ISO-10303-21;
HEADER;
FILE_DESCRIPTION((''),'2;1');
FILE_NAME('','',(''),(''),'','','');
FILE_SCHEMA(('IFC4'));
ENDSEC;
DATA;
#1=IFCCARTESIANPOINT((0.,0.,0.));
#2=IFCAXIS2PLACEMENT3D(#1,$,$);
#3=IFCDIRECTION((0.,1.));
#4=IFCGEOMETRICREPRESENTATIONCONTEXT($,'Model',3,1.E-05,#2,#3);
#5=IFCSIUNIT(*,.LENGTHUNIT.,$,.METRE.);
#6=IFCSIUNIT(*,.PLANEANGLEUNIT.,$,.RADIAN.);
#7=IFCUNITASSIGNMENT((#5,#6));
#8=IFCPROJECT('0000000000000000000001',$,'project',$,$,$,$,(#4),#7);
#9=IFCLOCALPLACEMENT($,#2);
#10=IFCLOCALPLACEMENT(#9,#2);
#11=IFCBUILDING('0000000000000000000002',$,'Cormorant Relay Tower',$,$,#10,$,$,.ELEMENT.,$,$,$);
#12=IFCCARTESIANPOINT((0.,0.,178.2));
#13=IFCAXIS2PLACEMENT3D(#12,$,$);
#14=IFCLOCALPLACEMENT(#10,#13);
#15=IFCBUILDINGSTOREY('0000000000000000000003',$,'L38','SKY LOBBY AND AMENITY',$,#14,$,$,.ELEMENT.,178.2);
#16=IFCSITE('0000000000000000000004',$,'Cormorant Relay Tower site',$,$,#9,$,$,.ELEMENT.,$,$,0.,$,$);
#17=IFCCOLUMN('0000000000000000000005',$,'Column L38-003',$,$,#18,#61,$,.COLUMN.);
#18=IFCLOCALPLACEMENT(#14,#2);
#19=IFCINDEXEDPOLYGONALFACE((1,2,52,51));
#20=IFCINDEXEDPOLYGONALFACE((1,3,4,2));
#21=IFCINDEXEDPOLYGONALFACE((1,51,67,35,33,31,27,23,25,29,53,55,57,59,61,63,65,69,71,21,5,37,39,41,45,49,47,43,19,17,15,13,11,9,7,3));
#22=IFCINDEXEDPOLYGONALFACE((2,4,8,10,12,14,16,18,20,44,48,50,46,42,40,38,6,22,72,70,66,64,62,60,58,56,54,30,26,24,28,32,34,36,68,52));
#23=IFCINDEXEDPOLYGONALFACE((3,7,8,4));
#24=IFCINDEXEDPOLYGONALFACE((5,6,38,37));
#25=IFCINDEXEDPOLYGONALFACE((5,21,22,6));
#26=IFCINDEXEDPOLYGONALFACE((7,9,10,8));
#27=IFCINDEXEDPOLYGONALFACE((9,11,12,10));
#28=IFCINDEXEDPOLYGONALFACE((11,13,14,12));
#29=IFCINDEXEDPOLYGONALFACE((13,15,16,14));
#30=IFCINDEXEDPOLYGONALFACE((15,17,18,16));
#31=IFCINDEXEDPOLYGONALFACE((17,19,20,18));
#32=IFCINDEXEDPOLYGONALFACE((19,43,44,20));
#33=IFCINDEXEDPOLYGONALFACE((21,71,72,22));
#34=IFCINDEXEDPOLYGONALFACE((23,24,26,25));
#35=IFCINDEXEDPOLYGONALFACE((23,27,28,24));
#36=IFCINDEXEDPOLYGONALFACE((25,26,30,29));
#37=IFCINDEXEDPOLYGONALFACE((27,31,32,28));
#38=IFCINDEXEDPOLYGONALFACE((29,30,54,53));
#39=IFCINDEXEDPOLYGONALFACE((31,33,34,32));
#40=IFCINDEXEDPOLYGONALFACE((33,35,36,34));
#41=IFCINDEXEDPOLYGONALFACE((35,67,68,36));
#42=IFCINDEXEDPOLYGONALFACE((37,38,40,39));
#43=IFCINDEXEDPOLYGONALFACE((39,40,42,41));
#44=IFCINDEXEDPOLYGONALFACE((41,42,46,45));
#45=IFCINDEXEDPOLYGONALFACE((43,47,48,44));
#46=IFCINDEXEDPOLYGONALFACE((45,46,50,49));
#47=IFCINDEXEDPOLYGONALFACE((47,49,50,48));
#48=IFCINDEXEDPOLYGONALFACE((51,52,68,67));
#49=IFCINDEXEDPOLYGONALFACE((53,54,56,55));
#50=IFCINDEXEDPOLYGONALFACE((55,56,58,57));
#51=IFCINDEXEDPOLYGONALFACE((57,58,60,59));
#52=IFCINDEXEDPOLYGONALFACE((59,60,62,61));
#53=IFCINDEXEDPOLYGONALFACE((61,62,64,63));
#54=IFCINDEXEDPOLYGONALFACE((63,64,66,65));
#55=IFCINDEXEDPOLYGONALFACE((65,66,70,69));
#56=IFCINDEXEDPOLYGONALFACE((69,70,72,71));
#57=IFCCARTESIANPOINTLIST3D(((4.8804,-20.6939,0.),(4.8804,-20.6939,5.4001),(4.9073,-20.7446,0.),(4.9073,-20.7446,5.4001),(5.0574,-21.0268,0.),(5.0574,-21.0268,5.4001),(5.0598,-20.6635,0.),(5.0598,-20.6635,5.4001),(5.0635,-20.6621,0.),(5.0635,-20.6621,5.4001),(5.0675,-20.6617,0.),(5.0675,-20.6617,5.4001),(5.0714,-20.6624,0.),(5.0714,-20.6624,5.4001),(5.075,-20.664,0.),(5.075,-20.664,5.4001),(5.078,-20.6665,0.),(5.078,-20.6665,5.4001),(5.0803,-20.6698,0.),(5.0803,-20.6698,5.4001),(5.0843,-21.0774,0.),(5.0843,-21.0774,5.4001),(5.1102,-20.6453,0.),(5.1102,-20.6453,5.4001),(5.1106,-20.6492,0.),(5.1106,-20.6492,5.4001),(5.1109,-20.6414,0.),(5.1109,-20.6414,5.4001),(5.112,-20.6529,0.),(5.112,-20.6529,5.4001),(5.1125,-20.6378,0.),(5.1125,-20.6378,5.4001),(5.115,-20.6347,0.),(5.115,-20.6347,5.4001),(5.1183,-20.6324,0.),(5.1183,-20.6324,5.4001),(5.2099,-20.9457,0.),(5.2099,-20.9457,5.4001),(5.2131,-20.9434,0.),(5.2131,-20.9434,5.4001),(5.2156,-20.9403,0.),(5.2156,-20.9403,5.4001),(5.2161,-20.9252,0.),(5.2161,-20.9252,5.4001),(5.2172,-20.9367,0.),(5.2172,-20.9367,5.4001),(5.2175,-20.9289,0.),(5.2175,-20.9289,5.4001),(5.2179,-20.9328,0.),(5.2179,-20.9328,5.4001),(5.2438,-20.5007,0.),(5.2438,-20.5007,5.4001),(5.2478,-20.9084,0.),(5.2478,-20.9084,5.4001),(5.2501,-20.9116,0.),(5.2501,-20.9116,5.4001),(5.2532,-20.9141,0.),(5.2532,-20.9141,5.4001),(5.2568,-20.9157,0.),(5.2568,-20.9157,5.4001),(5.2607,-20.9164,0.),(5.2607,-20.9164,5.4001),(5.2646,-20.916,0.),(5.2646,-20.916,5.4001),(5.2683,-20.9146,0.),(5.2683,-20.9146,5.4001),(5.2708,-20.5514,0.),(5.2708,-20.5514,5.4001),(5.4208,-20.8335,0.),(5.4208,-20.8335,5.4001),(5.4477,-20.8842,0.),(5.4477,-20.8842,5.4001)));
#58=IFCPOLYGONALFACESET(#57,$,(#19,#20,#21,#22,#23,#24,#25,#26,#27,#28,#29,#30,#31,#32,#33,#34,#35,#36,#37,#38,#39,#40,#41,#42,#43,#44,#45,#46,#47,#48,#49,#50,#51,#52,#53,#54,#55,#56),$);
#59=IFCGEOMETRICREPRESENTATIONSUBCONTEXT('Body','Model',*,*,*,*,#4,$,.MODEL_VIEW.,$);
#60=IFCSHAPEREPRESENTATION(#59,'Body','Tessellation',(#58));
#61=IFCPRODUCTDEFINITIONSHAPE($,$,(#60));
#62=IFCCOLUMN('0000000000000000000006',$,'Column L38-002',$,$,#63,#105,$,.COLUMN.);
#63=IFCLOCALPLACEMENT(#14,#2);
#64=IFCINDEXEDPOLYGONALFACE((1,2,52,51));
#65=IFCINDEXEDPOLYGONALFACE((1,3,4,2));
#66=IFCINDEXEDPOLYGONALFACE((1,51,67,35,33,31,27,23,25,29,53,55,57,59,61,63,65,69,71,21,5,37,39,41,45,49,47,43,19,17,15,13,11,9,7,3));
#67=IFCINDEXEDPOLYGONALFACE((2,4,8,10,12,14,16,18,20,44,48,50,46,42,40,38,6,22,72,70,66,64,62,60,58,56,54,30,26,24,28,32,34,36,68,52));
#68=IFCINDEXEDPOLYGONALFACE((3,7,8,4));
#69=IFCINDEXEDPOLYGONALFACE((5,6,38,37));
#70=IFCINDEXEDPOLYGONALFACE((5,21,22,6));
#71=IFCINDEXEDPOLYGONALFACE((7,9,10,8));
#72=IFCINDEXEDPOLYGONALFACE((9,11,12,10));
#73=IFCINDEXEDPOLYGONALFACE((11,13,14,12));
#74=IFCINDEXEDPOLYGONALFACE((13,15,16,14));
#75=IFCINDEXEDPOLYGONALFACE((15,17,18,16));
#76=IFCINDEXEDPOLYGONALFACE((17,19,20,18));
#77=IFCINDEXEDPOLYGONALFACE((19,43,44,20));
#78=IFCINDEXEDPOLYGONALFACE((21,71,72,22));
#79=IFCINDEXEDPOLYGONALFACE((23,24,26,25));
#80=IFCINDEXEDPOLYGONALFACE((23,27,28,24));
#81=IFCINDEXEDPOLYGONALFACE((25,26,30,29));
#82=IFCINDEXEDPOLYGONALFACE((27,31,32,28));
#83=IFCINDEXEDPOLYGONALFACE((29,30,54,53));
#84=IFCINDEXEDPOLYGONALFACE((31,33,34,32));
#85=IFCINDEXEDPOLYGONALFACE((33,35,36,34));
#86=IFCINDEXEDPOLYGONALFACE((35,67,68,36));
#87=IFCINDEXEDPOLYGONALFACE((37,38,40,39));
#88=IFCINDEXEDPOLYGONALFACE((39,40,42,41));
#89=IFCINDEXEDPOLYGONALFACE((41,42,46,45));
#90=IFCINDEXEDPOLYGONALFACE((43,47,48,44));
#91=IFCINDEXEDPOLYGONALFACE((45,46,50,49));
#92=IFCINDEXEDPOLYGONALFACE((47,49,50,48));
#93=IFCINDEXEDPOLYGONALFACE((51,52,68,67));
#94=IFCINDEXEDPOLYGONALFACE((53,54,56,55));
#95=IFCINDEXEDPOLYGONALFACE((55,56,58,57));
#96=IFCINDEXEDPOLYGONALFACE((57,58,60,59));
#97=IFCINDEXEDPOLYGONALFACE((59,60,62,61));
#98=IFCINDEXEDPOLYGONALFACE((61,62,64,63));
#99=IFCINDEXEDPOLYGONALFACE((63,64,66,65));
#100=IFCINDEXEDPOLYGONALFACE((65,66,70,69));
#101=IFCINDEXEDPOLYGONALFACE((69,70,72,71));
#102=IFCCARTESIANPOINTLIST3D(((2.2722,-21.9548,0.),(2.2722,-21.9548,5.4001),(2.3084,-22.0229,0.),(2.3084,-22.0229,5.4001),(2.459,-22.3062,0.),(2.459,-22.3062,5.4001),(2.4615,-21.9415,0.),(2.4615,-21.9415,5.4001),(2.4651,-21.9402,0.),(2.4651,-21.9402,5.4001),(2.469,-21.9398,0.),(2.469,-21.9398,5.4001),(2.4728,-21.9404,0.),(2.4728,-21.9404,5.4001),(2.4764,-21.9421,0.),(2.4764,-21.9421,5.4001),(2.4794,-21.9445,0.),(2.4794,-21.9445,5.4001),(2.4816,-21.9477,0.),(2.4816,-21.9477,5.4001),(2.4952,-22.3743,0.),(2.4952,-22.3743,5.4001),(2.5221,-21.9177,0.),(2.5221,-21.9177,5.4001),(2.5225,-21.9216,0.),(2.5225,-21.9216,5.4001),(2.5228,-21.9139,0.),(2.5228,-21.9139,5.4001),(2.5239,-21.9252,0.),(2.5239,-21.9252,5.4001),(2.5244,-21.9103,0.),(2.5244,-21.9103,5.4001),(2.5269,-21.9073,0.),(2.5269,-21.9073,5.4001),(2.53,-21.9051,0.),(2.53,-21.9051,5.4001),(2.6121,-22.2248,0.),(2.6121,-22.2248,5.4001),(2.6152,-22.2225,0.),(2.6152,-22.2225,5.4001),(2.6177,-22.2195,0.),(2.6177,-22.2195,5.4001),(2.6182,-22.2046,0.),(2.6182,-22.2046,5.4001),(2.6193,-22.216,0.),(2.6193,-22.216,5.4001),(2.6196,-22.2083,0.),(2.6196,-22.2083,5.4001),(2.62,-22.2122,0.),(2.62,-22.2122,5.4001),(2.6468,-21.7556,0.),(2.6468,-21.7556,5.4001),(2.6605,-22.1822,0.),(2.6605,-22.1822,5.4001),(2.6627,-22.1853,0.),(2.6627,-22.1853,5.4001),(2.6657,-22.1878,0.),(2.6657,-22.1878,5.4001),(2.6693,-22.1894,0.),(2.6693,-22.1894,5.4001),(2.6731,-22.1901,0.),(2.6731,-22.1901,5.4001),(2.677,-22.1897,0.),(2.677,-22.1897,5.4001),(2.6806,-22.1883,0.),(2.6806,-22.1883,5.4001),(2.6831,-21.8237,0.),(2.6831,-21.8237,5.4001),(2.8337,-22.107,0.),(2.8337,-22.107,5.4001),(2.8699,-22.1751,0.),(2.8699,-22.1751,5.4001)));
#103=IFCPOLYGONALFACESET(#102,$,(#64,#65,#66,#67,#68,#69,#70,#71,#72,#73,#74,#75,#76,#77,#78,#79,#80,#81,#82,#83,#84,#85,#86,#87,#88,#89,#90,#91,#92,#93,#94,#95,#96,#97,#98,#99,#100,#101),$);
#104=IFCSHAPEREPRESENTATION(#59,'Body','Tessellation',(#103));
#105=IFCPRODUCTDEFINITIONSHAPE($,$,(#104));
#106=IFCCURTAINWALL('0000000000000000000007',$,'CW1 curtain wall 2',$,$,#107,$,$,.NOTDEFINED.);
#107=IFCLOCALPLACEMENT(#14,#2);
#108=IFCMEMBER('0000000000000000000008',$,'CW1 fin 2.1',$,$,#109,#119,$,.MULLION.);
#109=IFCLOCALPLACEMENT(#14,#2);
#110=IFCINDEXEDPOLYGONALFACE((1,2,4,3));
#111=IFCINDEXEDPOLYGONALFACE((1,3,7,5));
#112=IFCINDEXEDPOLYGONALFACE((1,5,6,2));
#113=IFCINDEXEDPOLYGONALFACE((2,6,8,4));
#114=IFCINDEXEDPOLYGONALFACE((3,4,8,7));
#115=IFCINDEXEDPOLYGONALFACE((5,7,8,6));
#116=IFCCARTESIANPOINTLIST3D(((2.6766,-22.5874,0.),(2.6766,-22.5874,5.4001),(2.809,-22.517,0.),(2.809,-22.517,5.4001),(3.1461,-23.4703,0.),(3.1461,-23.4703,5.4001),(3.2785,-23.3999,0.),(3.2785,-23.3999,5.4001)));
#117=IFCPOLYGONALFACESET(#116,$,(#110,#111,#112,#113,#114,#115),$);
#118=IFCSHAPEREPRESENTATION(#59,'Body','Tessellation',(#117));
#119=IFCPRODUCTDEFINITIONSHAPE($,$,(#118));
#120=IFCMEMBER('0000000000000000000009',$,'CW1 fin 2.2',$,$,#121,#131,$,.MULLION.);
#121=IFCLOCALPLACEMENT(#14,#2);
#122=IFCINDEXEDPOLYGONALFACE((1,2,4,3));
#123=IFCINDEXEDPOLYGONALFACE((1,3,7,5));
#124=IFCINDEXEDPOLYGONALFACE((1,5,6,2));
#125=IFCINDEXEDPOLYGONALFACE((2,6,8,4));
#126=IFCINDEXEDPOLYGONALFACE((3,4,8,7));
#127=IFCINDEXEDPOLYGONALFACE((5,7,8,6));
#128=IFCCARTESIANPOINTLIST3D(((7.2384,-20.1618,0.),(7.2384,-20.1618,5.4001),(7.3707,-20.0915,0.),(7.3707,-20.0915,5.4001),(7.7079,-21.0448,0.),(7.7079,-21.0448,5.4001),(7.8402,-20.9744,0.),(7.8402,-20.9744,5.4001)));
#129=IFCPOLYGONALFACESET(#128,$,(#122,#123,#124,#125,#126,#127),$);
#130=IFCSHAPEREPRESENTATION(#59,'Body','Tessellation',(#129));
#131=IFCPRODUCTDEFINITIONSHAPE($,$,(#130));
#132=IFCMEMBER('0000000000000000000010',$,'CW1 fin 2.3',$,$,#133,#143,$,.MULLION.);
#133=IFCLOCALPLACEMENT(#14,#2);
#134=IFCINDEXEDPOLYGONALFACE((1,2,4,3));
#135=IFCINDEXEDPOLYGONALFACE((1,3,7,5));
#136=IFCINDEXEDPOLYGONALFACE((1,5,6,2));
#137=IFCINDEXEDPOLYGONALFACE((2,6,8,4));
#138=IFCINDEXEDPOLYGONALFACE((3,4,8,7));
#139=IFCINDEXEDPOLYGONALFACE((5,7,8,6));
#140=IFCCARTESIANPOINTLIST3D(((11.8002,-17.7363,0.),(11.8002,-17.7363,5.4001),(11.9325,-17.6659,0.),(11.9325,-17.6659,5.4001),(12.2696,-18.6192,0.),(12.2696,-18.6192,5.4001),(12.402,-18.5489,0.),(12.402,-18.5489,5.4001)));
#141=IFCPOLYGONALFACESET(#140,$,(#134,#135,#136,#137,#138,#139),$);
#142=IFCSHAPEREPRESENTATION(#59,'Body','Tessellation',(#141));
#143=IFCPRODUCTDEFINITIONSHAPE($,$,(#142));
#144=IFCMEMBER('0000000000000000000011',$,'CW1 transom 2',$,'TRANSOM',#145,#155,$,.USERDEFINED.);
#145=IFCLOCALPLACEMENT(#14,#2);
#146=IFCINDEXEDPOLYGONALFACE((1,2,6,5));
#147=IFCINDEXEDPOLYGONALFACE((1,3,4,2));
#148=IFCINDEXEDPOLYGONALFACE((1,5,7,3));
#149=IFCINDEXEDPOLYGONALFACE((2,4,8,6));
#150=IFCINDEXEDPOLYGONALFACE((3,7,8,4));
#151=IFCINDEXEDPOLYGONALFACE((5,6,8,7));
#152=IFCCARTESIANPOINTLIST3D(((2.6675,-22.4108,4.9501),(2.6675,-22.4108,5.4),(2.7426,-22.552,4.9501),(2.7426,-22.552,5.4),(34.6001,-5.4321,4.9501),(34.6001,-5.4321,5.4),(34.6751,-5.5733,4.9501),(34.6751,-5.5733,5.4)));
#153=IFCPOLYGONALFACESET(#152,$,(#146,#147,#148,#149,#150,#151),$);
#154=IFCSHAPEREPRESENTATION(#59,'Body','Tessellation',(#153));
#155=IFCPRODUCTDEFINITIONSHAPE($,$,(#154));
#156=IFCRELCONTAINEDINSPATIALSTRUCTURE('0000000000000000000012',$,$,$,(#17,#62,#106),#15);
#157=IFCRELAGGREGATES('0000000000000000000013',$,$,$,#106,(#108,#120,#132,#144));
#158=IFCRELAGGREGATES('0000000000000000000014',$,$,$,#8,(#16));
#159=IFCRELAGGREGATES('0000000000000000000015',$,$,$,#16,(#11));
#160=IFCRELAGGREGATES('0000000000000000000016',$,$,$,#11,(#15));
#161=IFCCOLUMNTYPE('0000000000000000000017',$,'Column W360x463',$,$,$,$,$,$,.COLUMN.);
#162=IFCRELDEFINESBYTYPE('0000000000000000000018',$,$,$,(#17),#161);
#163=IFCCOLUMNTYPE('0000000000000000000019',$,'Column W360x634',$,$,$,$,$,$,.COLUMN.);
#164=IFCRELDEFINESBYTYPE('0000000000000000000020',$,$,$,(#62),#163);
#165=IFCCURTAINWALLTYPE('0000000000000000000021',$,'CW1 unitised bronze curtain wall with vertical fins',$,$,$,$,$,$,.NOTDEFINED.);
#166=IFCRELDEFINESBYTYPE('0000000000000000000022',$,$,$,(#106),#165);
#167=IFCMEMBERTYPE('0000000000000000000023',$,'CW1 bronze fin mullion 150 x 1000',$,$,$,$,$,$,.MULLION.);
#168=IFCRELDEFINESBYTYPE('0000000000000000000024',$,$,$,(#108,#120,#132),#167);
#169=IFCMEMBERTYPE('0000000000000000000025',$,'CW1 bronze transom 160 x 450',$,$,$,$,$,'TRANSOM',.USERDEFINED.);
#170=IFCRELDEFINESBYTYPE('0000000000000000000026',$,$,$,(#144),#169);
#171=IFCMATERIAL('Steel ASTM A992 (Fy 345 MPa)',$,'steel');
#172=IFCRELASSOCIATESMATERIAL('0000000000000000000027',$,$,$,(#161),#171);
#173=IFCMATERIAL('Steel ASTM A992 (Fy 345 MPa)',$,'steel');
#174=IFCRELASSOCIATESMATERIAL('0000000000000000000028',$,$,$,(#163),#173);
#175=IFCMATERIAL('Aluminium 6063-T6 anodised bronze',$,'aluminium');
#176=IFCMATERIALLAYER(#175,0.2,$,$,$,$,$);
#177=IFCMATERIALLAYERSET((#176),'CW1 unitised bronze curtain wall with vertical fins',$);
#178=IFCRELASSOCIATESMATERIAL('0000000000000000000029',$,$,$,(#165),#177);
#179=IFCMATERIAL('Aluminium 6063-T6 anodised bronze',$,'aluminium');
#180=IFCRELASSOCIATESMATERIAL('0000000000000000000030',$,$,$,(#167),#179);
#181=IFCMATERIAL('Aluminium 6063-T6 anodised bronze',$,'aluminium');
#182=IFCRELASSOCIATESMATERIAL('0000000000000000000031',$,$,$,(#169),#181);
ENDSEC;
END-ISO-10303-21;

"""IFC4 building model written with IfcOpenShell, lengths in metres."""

from ifc_helpers import new_model, si_unit, direction, frame, origin, origin_2d, place, context, subcontext, project, spatial, rectangle, i_section, extrude, material, layer, layer_set, material_profile, profile_set, type_object, element, aggregate, save


model = new_model("IFC4")

# Units and contexts
model_context = context("Model", 3, precision=1e-05, world=origin(), true_north=direction((0.0, 1.0)))
body_context = subcontext(model_context, "Body", "Model", "MODEL_VIEW")
ifc_project = project(units=[si_unit("LENGTHUNIT", "METRE"), si_unit("PLANEANGLEUNIT", "RADIAN")], contexts=[model_context])

# Site, building, storey
site_placement = place(None, origin())
site = spatial("IfcSite", under=ifc_project, at=site_placement, Name="Cormorant Relay Tower site", CompositionType="ELEMENT", RefElevation=0.0)
building_placement = place(site_placement, origin())
building = spatial("IfcBuilding", under=site, at=building_placement, Name="Cormorant Relay Tower", CompositionType="ELEMENT")
storey_placement = place(building_placement, frame((0.0, 0.0, 178.2)))
storey = spatial("IfcBuildingStorey", under=building, at=storey_placement, Name="L38", Description="SKY LOBBY AND AMENITY", CompositionType="ELEMENT", Elevation=178.2)

# Columns
ifc_material_1 = material(Name="Steel ASTM A992 (Fy 345 MPa)", Category="steel")
ifc_material_profile_1 = material_profile(ifc_material_1, i_section(OverallWidth=0.4116, OverallDepth=0.4343, WebThickness=0.0359, FlangeThickness=0.0574, FilletRadius=0.0151, at=origin_2d()), Name="W360x463")
ifc_profile_set_1 = profile_set([ifc_material_profile_1], Name="Steel ASTM A992 (Fy 345 MPa)")
column_type_1 = type_object("IfcColumnType", Name="Column W360x463", PredefinedType="COLUMN", material=ifc_profile_set_1)
column_1_placement = place(storey_placement, frame((5.1641, -20.7891, 0.0), z_axis=(0.0, 0.0, 1.0), x_axis=(0.882948, 0.469472, 0.0)))
element("IfcColumn", 1, at=column_1_placement, inside=storey, type_object=column_type_1, Name="Column L38-003", PredefinedType="COLUMN", context=body_context, shape_type="SweptSolid", body=[
    extrude(i_section(OverallWidth=0.4116, OverallDepth=0.4343, WebThickness=0.0359, FlangeThickness=0.0574, FilletRadius=0.0151, at=origin_2d()), origin(), (0.0, 0.0, 1.0), 5.4001),
])
ifc_material_2 = material(Name="Steel ASTM A992 (Fy 345 MPa)", Category="steel")
ifc_material_profile_2 = material_profile(ifc_material_2, i_section(OverallWidth=0.4243, OverallDepth=0.4751, WebThickness=0.0479, FlangeThickness=0.0771, FilletRadius=0.0149, at=origin_2d()), Name="W360x634")
ifc_profile_set_2 = profile_set([ifc_material_profile_2], Name="Steel ASTM A992 (Fy 345 MPa)")
column_type_2 = type_object("IfcColumnType", Name="Column W360x634", PredefinedType="COLUMN", material=ifc_profile_set_2)
column_2_placement = place(storey_placement, frame((2.571, -22.0649, 0.0), z_axis=(0.0, 0.0, 1.0), x_axis=(0.882948, 0.469472, 0.0)))
element("IfcColumn", 2, at=column_2_placement, inside=storey, type_object=column_type_2, Name="Column L38-002", PredefinedType="COLUMN", context=body_context, shape_type="SweptSolid", body=[
    extrude(i_section(OverallWidth=0.4243, OverallDepth=0.4751, WebThickness=0.0479, FlangeThickness=0.0771, FilletRadius=0.0149, at=origin_2d()), origin(), (0.0, 0.0, 1.0), 5.4001),
])

# Curtain wall, members
ifc_material_3 = material(Name="Aluminium 6063-T6 anodised bronze", Category="aluminium")
ifc_layer_1 = layer(ifc_material_3, 0.2)
ifc_layer_set_1 = layer_set([ifc_layer_1], Name="CW1 unitised bronze curtain wall with vertical fins")
curtain_wall_type = type_object("IfcCurtainWallType", Name="CW1 unitised bronze curtain wall with vertical fins", PredefinedType="NOTDEFINED", material=ifc_layer_set_1)
curtain_wall_1_placement = place(storey_placement, origin())
curtain_wall_1 = element("IfcCurtainWall", 3, at=curtain_wall_1_placement, inside=storey, type_object=curtain_wall_type, Name="CW1 curtain wall 2", PredefinedType="NOTDEFINED")
ifc_material_4 = material(Name="Aluminium 6063-T6 anodised bronze", Category="aluminium")
ifc_material_profile_3 = material_profile(ifc_material_4, rectangle(XDim=0.1499, YDim=1.0, at=origin_2d()), Name="AL 150x1000")
ifc_profile_set_3 = profile_set([ifc_material_profile_3], Name="Aluminium 6063-T6 anodised bronze")
member_type_1 = type_object("IfcMemberType", Name="CW1 bronze fin mullion 150 x 1000", PredefinedType="MULLION", material=ifc_profile_set_3)
member_1_placement = place(storey_placement, frame((2.9775, -22.9937, 0.0), z_axis=(0.0, 0.0, 1.0), x_axis=(0.882948, 0.469472, 0.0)))
member_1 = element("IfcMember", 4, at=member_1_placement, type_object=member_type_1, Name="CW1 fin 2.1", PredefinedType="MULLION", context=body_context, shape_type="SweptSolid", body=[
    extrude(rectangle(XDim=0.1499, YDim=1.0, at=origin_2d()), origin(), (0.0, 0.0, 1.0), 5.4001),
])
member_2_placement = place(storey_placement, frame((7.5393, -20.5681, 0.0), z_axis=(0.0, 0.0, 1.0), x_axis=(0.882948, 0.469472, 0.0)))
member_2 = element("IfcMember", 5, at=member_2_placement, type_object=member_type_1, Name="CW1 fin 2.2", PredefinedType="MULLION", context=body_context, shape_type="SweptSolid", body=[
    extrude(rectangle(XDim=0.1499, YDim=1.0, at=origin_2d()), origin(), (0.0, 0.0, 1.0), 5.4001),
])
member_3_placement = place(storey_placement, frame((12.1011, -18.1426, 0.0), z_axis=(0.0, 0.0, 1.0), x_axis=(0.882948, 0.469472, 0.0)))
member_3 = element("IfcMember", 6, at=member_3_placement, type_object=member_type_1, Name="CW1 fin 2.3", PredefinedType="MULLION", context=body_context, shape_type="SweptSolid", body=[
    extrude(rectangle(XDim=0.1499, YDim=1.0, at=origin_2d()), origin(), (0.0, 0.0, 1.0), 5.4001),
])
ifc_material_5 = material(Name="Aluminium 6063-T6 anodised bronze", Category="aluminium")
ifc_material_profile_4 = material_profile(ifc_material_5, rectangle(XDim=0.1599, YDim=0.45, at=origin_2d()), Name="AL 160x450")
ifc_profile_set_4 = profile_set([ifc_material_profile_4], Name="Aluminium 6063-T6 anodised bronze")
member_type_2 = type_object("IfcMemberType", Name="CW1 bronze transom 160 x 450", ElementType="TRANSOM", PredefinedType="USERDEFINED", material=ifc_profile_set_4)
member_4_placement = place(storey_placement, frame((2.7051, -22.4814, 5.175), z_axis=(0.882949, 0.469469, 0.0), x_axis=(-0.469469, 0.882949, 0.0)))
member_4 = element("IfcMember", 7, at=member_4_placement, type_object=member_type_2, Name="CW1 transom 2", ObjectType="TRANSOM", PredefinedType="USERDEFINED", context=body_context, shape_type="SweptSolid", body=[
    extrude(rectangle(XDim=0.1599, YDim=0.45, at=origin_2d()), origin(), (0.0, 0.0, 1.0), 36.1658),
])

aggregate(curtain_wall_1, [member_1, member_2, member_3, member_4])

save(model, "model.ifc")
